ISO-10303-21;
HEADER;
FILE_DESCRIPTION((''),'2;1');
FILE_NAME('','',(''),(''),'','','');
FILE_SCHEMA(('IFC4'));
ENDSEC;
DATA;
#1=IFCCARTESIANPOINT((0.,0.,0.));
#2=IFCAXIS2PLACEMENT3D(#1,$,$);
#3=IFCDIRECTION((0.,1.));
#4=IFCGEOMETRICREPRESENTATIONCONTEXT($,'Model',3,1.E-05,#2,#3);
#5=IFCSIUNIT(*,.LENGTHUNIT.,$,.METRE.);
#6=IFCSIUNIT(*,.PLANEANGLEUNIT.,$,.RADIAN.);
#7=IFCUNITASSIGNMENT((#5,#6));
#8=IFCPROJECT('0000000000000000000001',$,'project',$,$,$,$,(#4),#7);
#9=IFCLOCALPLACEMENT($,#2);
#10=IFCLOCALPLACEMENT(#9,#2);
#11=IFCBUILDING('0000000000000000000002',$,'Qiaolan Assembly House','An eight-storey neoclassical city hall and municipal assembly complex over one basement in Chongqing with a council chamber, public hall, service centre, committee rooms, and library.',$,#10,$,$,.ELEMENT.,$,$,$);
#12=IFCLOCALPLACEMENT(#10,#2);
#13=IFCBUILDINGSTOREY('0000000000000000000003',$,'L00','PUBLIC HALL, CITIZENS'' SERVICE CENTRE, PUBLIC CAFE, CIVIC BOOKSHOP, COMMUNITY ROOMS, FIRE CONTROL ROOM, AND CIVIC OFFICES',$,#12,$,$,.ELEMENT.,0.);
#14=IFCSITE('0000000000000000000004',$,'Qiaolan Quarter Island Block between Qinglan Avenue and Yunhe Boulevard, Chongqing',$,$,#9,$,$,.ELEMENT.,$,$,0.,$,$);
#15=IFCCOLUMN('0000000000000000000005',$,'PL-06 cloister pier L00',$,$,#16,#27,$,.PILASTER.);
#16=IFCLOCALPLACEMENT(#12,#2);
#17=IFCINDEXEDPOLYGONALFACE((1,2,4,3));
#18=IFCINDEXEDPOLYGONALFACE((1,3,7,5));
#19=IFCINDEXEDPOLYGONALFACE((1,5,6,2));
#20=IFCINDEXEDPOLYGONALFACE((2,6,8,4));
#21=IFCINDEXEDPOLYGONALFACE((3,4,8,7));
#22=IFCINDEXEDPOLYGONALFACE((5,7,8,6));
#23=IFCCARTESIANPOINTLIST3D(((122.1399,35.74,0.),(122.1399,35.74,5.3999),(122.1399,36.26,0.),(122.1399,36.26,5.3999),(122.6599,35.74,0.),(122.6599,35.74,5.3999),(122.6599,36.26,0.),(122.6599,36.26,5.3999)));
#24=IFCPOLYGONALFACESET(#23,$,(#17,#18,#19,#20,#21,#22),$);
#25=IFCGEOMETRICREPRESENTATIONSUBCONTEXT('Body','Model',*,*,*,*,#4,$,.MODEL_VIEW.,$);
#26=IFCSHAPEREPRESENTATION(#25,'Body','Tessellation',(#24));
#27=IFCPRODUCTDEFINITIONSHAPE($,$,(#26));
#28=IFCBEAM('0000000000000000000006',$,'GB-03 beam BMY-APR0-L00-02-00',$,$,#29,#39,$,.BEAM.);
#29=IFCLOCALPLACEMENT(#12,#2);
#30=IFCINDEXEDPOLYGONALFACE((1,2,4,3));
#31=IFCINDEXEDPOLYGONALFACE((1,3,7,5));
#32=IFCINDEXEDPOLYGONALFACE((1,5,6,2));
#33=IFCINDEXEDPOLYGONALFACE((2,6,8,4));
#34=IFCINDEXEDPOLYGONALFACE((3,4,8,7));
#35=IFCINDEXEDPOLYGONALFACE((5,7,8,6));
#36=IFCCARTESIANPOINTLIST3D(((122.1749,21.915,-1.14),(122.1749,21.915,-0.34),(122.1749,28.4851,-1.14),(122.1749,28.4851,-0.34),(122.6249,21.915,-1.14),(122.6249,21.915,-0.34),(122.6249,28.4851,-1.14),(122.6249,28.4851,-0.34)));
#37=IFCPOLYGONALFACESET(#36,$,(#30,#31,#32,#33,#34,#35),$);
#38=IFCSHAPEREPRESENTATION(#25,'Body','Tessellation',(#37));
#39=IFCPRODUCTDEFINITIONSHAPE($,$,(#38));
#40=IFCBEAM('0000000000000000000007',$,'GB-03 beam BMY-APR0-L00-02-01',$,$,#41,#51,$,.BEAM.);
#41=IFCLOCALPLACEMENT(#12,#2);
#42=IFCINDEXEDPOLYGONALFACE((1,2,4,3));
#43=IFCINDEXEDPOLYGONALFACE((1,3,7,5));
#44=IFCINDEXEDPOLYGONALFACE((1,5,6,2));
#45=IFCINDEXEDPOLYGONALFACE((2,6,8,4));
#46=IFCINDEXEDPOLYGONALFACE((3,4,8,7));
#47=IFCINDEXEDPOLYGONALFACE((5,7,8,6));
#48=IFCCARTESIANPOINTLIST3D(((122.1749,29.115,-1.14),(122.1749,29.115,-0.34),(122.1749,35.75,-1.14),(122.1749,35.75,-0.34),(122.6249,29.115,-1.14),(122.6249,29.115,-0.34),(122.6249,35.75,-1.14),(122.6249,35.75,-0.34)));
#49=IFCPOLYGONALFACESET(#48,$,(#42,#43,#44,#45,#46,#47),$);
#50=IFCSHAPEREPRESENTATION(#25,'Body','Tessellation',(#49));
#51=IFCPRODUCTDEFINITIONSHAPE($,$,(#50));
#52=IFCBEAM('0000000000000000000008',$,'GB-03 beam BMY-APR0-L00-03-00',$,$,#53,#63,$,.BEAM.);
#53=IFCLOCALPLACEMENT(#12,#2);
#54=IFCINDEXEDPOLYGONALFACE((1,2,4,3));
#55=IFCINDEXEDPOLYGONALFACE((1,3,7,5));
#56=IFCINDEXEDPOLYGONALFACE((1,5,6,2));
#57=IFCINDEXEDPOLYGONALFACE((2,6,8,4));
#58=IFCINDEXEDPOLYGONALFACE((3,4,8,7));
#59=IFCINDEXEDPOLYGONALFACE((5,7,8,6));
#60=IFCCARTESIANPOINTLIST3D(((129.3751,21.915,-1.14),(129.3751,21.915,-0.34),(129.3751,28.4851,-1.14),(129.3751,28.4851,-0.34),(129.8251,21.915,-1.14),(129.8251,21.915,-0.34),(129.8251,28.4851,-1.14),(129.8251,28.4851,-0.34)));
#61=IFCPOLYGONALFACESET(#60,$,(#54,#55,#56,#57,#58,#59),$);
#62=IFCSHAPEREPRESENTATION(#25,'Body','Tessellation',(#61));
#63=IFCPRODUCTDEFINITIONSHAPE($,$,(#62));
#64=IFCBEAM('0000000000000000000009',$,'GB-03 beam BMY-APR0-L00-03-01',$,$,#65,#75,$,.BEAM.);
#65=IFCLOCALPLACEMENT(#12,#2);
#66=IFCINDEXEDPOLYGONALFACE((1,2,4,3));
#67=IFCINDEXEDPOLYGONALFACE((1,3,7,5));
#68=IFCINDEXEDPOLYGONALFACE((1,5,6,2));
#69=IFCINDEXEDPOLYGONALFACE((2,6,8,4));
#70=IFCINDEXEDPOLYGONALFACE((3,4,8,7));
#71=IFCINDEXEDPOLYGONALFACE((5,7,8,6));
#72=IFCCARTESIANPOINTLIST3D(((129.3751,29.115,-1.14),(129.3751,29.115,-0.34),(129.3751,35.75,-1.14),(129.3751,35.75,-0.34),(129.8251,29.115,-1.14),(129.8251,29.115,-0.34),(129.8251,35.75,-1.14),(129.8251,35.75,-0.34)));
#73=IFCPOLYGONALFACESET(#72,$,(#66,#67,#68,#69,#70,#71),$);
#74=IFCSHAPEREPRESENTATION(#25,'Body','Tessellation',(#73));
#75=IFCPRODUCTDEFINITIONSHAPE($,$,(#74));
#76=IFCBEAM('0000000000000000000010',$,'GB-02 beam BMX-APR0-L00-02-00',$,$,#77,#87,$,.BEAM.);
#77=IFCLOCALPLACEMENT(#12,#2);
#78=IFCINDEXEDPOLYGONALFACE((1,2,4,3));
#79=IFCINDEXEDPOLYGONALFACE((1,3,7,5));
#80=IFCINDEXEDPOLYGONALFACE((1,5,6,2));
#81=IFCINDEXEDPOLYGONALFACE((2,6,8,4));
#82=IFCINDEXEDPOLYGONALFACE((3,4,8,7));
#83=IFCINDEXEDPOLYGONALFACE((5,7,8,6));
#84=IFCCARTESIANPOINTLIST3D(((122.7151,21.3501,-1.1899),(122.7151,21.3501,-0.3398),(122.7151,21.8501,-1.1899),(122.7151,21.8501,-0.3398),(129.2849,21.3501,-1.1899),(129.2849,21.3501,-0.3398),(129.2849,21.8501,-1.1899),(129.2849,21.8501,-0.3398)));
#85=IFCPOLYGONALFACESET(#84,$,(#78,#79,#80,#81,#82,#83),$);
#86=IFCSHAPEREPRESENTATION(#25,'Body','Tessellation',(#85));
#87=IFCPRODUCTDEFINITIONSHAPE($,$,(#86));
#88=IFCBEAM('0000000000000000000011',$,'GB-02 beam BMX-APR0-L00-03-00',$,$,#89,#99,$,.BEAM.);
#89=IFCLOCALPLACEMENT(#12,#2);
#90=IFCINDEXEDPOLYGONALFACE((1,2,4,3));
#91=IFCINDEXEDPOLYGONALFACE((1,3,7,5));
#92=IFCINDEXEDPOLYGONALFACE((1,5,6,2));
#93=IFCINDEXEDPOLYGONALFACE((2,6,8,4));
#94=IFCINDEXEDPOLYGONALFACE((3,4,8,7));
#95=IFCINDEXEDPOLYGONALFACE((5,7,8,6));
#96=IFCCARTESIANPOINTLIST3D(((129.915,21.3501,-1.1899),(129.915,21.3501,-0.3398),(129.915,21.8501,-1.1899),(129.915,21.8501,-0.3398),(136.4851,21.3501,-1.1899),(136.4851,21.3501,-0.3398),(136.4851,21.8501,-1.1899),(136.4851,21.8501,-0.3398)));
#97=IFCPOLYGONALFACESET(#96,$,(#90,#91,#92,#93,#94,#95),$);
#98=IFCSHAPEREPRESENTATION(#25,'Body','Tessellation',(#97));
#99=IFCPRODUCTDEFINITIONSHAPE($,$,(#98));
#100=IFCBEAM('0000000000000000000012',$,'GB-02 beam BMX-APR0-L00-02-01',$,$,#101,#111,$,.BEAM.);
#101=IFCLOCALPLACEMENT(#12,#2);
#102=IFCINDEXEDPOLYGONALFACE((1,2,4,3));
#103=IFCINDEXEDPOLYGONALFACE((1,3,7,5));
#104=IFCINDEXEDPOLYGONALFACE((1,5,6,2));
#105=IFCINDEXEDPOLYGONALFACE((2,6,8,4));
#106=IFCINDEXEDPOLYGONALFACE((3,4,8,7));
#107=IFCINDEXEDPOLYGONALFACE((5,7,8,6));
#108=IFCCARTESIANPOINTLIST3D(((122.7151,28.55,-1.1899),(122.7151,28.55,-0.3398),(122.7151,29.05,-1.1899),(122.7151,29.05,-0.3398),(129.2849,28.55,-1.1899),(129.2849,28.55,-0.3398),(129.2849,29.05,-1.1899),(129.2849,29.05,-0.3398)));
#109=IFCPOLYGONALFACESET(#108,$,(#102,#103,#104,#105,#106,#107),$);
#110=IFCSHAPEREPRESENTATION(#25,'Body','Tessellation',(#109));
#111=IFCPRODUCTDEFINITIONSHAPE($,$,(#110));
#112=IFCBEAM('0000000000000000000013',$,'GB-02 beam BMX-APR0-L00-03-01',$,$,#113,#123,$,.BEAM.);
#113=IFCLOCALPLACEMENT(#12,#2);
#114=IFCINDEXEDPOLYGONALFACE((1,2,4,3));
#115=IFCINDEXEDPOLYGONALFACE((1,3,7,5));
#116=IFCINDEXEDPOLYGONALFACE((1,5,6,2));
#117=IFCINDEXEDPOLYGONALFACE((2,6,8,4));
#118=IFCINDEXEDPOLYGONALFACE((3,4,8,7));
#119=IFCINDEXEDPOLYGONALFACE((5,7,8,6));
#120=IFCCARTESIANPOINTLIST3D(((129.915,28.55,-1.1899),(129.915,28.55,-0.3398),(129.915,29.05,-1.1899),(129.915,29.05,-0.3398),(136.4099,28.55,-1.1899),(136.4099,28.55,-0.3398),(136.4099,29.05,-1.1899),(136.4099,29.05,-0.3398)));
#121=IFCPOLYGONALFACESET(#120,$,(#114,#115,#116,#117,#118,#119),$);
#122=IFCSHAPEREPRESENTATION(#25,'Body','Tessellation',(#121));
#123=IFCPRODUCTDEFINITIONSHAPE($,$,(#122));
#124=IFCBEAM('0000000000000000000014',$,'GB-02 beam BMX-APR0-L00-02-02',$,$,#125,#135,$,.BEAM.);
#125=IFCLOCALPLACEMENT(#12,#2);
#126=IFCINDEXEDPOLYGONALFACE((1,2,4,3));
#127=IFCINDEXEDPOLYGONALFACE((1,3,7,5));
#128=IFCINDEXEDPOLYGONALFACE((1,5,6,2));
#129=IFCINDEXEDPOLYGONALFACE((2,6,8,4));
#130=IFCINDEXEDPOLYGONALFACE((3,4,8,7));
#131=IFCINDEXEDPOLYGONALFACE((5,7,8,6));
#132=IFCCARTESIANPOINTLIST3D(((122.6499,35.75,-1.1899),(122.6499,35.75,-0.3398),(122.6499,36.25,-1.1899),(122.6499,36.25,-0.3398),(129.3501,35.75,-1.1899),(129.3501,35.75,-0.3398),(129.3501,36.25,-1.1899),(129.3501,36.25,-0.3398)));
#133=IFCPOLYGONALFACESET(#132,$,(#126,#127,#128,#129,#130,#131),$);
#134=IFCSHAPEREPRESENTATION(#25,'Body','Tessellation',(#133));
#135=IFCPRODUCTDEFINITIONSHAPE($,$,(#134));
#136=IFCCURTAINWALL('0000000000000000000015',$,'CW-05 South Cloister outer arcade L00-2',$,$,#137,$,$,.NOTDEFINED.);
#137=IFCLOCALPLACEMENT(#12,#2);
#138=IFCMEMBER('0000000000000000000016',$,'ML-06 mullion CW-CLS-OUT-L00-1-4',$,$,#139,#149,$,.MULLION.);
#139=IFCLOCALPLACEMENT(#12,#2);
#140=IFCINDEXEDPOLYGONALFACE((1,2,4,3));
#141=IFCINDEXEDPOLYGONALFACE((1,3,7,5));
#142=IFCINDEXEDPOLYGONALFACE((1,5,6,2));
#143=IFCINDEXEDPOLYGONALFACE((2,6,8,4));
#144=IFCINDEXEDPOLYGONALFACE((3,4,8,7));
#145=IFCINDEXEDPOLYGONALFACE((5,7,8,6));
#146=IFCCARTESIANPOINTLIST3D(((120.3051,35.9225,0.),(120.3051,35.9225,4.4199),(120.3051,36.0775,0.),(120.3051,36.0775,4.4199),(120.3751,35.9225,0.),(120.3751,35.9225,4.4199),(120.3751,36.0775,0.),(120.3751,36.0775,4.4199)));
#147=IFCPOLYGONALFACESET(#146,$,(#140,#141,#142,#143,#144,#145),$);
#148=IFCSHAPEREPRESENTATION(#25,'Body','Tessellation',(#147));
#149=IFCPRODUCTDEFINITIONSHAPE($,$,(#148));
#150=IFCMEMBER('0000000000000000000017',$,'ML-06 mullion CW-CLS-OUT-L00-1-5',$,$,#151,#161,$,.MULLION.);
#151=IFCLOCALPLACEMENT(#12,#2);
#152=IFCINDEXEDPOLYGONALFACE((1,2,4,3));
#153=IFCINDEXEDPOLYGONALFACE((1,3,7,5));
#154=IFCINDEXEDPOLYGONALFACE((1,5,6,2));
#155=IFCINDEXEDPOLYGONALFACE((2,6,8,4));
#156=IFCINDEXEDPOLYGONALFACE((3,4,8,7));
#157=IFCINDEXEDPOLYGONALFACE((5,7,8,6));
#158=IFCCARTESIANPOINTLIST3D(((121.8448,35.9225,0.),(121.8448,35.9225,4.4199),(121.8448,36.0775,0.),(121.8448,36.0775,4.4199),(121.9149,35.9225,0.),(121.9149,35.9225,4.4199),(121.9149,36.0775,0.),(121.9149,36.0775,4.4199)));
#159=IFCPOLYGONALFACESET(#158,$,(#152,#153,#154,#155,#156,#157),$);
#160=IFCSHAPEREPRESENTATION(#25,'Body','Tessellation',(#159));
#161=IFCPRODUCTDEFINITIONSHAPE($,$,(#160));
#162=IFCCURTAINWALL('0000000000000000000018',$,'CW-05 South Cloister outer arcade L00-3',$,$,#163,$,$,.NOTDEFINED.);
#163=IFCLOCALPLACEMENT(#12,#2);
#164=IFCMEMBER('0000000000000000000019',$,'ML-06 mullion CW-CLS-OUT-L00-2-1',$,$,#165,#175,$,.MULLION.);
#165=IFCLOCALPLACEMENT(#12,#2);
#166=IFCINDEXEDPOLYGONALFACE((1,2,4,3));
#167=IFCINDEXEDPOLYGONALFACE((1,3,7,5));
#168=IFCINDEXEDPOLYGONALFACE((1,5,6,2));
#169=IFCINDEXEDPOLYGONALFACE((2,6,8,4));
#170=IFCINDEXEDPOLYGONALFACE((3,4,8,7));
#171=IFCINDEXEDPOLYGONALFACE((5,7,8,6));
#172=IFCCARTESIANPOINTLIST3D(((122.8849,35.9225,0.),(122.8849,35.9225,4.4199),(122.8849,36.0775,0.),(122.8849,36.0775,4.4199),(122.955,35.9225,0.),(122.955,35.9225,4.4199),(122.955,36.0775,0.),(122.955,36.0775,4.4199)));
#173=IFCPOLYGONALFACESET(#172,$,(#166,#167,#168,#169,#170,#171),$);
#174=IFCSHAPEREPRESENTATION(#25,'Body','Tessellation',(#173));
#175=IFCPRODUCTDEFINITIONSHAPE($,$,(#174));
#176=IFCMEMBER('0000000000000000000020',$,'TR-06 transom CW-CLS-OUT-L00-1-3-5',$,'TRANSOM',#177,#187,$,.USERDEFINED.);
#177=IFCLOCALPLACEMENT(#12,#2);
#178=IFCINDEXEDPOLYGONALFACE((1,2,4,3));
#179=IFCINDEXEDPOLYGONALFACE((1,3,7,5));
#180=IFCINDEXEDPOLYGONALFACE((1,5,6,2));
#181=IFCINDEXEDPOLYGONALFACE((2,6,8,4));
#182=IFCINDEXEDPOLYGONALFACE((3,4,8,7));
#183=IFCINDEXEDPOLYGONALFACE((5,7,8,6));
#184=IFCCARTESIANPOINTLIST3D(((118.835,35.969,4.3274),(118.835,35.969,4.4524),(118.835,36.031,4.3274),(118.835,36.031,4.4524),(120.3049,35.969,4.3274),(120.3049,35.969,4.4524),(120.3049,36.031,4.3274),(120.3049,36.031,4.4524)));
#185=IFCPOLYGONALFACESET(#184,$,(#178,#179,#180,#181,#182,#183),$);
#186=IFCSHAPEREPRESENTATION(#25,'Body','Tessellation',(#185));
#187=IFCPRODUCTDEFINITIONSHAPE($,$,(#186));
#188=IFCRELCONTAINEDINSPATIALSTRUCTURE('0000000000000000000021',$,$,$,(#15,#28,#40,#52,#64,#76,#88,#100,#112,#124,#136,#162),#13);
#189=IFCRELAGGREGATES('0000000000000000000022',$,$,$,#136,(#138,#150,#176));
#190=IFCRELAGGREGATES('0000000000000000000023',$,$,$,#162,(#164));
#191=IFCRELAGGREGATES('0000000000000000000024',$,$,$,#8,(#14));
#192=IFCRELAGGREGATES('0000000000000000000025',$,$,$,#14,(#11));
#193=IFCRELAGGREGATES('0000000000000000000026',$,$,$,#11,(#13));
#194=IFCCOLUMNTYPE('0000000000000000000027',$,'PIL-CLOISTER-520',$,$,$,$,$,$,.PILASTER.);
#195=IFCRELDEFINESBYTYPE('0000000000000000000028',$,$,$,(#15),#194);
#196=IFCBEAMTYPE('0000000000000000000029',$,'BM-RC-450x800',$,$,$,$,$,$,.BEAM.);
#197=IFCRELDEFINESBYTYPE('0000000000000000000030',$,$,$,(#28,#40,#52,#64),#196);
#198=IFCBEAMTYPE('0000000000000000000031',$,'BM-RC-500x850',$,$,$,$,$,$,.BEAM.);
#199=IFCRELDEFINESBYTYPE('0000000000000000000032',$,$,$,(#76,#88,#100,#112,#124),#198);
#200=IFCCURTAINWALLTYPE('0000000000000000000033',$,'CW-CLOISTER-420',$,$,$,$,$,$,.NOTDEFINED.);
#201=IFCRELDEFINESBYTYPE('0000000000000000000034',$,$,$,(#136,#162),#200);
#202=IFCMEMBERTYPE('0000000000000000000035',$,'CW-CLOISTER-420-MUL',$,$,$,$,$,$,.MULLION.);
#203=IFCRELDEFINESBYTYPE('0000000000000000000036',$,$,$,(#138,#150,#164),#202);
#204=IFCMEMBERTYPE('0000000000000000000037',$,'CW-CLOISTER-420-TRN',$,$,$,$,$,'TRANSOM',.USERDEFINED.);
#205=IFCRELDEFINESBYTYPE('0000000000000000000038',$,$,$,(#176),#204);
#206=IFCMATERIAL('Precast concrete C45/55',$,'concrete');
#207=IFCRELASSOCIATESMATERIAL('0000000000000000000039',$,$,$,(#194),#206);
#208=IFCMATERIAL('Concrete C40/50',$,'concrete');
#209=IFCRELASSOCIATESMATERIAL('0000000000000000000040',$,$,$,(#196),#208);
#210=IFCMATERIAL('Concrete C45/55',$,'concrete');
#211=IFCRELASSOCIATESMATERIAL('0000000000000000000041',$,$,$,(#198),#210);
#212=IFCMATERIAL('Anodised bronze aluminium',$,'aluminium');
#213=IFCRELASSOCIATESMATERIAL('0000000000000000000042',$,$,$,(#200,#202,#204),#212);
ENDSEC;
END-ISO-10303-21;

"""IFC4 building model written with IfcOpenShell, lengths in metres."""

from ifc_helpers import new_model, si_unit, direction, frame, origin, origin_2d, place, context, subcontext, project, spatial, rectangle, extrude, material, material_profile, profile_set, type_object, element, aggregate, save


model = new_model("IFC4")

# Units and contexts
model_context = context("Model", 3, precision=1e-05, world=origin(), true_north=direction((0.0, 1.0)))
body_context = subcontext(model_context, "Body", "Model", "MODEL_VIEW")
ifc_project = project(units=[si_unit("LENGTHUNIT", "METRE"), si_unit("PLANEANGLEUNIT", "RADIAN")], contexts=[model_context])

# Site, building, storey
site_placement = place(None, origin())
site = spatial("IfcSite", under=ifc_project, at=site_placement, Name="Qiaolan Quarter Island Block between Qinglan Avenue and Yunhe Boulevard, Chongqing", CompositionType="ELEMENT", RefElevation=0.0)
building_placement = place(site_placement, origin())
building = spatial("IfcBuilding", under=site, at=building_placement, Name="Qiaolan Assembly House", Description="An eight-storey neoclassical city hall and municipal assembly complex over one basement in Chongqing with a council chamber, public hall, service centre, committee rooms, and library.", CompositionType="ELEMENT")
storey_placement = place(building_placement, origin())
storey = spatial("IfcBuildingStorey", under=building, at=storey_placement, Name="L00", Description="PUBLIC HALL, CITIZENS' SERVICE CENTRE, PUBLIC CAFE, CIVIC BOOKSHOP, COMMUNITY ROOMS, FIRE CONTROL ROOM, AND CIVIC OFFICES", CompositionType="ELEMENT", Elevation=0.0)

# Column
ifc_material_1 = material(Name="Precast concrete C45/55", Category="concrete")
ifc_material_profile_1 = material_profile(ifc_material_1, rectangle(XDim=0.52, YDim=0.52, at=origin_2d()), Name="PIL 520x520")
ifc_profile_set_1 = profile_set([ifc_material_profile_1], Name="Precast concrete C45/55")
column_type = type_object("IfcColumnType", Name="PIL-CLOISTER-520", PredefinedType="PILASTER", material=ifc_profile_set_1)
column_placement = place(storey_placement, frame((122.3999, 36.0, 0.0), z_axis=(0.0, 0.0, 1.0), x_axis=(1.0, 0.0, 0.0)))
element("IfcColumn", 1, at=column_placement, inside=storey, type_object=column_type, Name="PL-06 cloister pier L00", PredefinedType="PILASTER", context=body_context, shape_type="SweptSolid", body=[
    extrude(rectangle(XDim=0.52, YDim=0.52, at=origin_2d()), origin(), (0.0, 0.0, 1.0), 5.3999),
])

# Beams
ifc_material_2 = material(Name="Concrete C40/50", Category="concrete")
ifc_material_profile_2 = material_profile(ifc_material_2, rectangle(XDim=0.45, YDim=0.8, at=origin_2d()), Name="RCB 450x800")
ifc_profile_set_2 = profile_set([ifc_material_profile_2], Name="Concrete C40/50")
beam_type_1 = type_object("IfcBeamType", Name="BM-RC-450x800", PredefinedType="BEAM", material=ifc_profile_set_2)
beam_1_placement = place(storey_placement, frame((122.3999, 21.915, -0.74), z_axis=(0.0, 1.0, 0.0), x_axis=(-1.0, 0.0, 0.0)))
element("IfcBeam", 2, at=beam_1_placement, inside=storey, type_object=beam_type_1, Name="GB-03 beam BMY-APR0-L00-02-00", PredefinedType="BEAM", context=body_context, shape_type="SweptSolid", body=[
    extrude(rectangle(XDim=0.45, YDim=0.8, at=origin_2d()), origin(), (0.0, 0.0, 1.0), 6.5701),
])
beam_2_placement = place(storey_placement, frame((122.3999, 29.115, -0.74), z_axis=(0.0, 1.0, 0.0), x_axis=(-1.0, 0.0, 0.0)))
element("IfcBeam", 3, at=beam_2_placement, inside=storey, type_object=beam_type_1, Name="GB-03 beam BMY-APR0-L00-02-01", PredefinedType="BEAM", context=body_context, shape_type="SweptSolid", body=[
    extrude(rectangle(XDim=0.45, YDim=0.8, at=origin_2d()), origin(), (0.0, 0.0, 1.0), 6.635),
])
beam_3_placement = place(storey_placement, frame((129.6001, 21.915, -0.74), z_axis=(0.0, 1.0, 0.0), x_axis=(-1.0, 0.0, 0.0)))
element("IfcBeam", 4, at=beam_3_placement, inside=storey, type_object=beam_type_1, Name="GB-03 beam BMY-APR0-L00-03-00", PredefinedType="BEAM", context=body_context, shape_type="SweptSolid", body=[
    extrude(rectangle(XDim=0.45, YDim=0.8, at=origin_2d()), origin(), (0.0, 0.0, 1.0), 6.5701),
])
beam_4_placement = place(storey_placement, frame((129.6001, 29.115, -0.74), z_axis=(0.0, 1.0, 0.0), x_axis=(-1.0, 0.0, 0.0)))
element("IfcBeam", 5, at=beam_4_placement, inside=storey, type_object=beam_type_1, Name="GB-03 beam BMY-APR0-L00-03-01", PredefinedType="BEAM", context=body_context, shape_type="SweptSolid", body=[
    extrude(rectangle(XDim=0.45, YDim=0.8, at=origin_2d()), origin(), (0.0, 0.0, 1.0), 6.635),
])
ifc_material_3 = material(Name="Concrete C45/55", Category="concrete")
ifc_material_profile_3 = material_profile(ifc_material_3, rectangle(XDim=0.5, YDim=0.8501, at=origin_2d()), Name="RCB 500x850")
ifc_profile_set_3 = profile_set([ifc_material_profile_3], Name="Concrete C45/55")
beam_type_2 = type_object("IfcBeamType", Name="BM-RC-500x850", PredefinedType="BEAM", material=ifc_profile_set_3)
beam_5_placement = place(storey_placement, frame((122.7151, 21.6001, -0.7649), z_axis=(1.0, 0.0, 0.0), x_axis=(0.0, 1.0, 0.0)))
element("IfcBeam", 6, at=beam_5_placement, inside=storey, type_object=beam_type_2, Name="GB-02 beam BMX-APR0-L00-02-00", PredefinedType="BEAM", context=body_context, shape_type="SweptSolid", body=[
    extrude(rectangle(XDim=0.5, YDim=0.8501, at=origin_2d()), origin(), (0.0, 0.0, 1.0), 6.5698),
])
beam_6_placement = place(storey_placement, frame((129.915, 21.6001, -0.7649), z_axis=(1.0, 0.0, 0.0), x_axis=(0.0, 1.0, 0.0)))
element("IfcBeam", 7, at=beam_6_placement, inside=storey, type_object=beam_type_2, Name="GB-02 beam BMX-APR0-L00-03-00", PredefinedType="BEAM", context=body_context, shape_type="SweptSolid", body=[
    extrude(rectangle(XDim=0.5, YDim=0.8501, at=origin_2d()), origin(), (0.0, 0.0, 1.0), 6.5701),
])
beam_7_placement = place(storey_placement, frame((122.7151, 28.8, -0.7649), z_axis=(1.0, 0.0, 0.0), x_axis=(0.0, 1.0, 0.0)))
element("IfcBeam", 8, at=beam_7_placement, inside=storey, type_object=beam_type_2, Name="GB-02 beam BMX-APR0-L00-02-01", PredefinedType="BEAM", context=body_context, shape_type="SweptSolid", body=[
    extrude(rectangle(XDim=0.5, YDim=0.8501, at=origin_2d()), origin(), (0.0, 0.0, 1.0), 6.5698),
])
beam_8_placement = place(storey_placement, frame((129.915, 28.8, -0.7649), z_axis=(1.0, 0.0, 0.0), x_axis=(0.0, 1.0, 0.0)))
element("IfcBeam", 9, at=beam_8_placement, inside=storey, type_object=beam_type_2, Name="GB-02 beam BMX-APR0-L00-03-01", PredefinedType="BEAM", context=body_context, shape_type="SweptSolid", body=[
    extrude(rectangle(XDim=0.5, YDim=0.8501, at=origin_2d()), origin(), (0.0, 0.0, 1.0), 6.4949),
])
beam_9_placement = place(storey_placement, frame((122.6499, 36.0, -0.7649), z_axis=(1.0, 0.0, 0.0), x_axis=(0.0, 1.0, 0.0)))
element("IfcBeam", 10, at=beam_9_placement, inside=storey, type_object=beam_type_2, Name="GB-02 beam BMX-APR0-L00-02-02", PredefinedType="BEAM", context=body_context, shape_type="SweptSolid", body=[
    extrude(rectangle(XDim=0.5, YDim=0.8501, at=origin_2d()), origin(), (0.0, 0.0, 1.0), 6.7002),
])

# Curtain wall, members
ifc_material_4 = material(Name="Anodised bronze aluminium", Category="aluminium")
curtain_wall_type = type_object("IfcCurtainWallType", Name="CW-CLOISTER-420", PredefinedType="NOTDEFINED", material=ifc_material_4)
curtain_wall_1_placement = place(storey_placement, origin())
curtain_wall_1 = element("IfcCurtainWall", 11, at=curtain_wall_1_placement, inside=storey, type_object=curtain_wall_type, Name="CW-05 South Cloister outer arcade L00-2", PredefinedType="NOTDEFINED")
ifc_material_profile_4 = material_profile(ifc_material_4, rectangle(XDim=0.0701, YDim=0.155, at=origin_2d()), Name="MUL 70x155")
ifc_profile_set_4 = profile_set([ifc_material_profile_4], Name="Anodised bronze aluminium")
member_type_1 = type_object("IfcMemberType", Name="CW-CLOISTER-420-MUL", PredefinedType="MULLION", material=ifc_profile_set_4)
member_1_placement = place(storey_placement, frame((120.3401, 36.0, 0.0), z_axis=(0.0, 0.0, 1.0), x_axis=(1.0, 0.0, 0.0)))
member_1 = element("IfcMember", 12, at=member_1_placement, type_object=member_type_1, Name="ML-06 mullion CW-CLS-OUT-L00-1-4", PredefinedType="MULLION", context=body_context, shape_type="SweptSolid", body=[
    extrude(rectangle(XDim=0.0701, YDim=0.155, at=origin_2d()), origin(), (0.0, 0.0, 1.0), 4.4199),
])
member_2_placement = place(storey_placement, frame((121.8799, 36.0, 0.0), z_axis=(0.0, 0.0, 1.0), x_axis=(1.0, 0.0, 0.0)))
member_2 = element("IfcMember", 13, at=member_2_placement, type_object=member_type_1, Name="ML-06 mullion CW-CLS-OUT-L00-1-5", PredefinedType="MULLION", context=body_context, shape_type="SweptSolid", body=[
    extrude(rectangle(XDim=0.0701, YDim=0.155, at=origin_2d()), origin(), (0.0, 0.0, 1.0), 4.4199),
])

# Curtain wall, member
curtain_wall_2_placement = place(storey_placement, origin())
curtain_wall_2 = element("IfcCurtainWall", 14, at=curtain_wall_2_placement, inside=storey, type_object=curtain_wall_type, Name="CW-05 South Cloister outer arcade L00-3", PredefinedType="NOTDEFINED")
member_3_placement = place(storey_placement, frame((122.9199, 36.0, 0.0), z_axis=(0.0, 0.0, 1.0), x_axis=(1.0, 0.0, 0.0)))
member_3 = element("IfcMember", 15, at=member_3_placement, type_object=member_type_1, Name="ML-06 mullion CW-CLS-OUT-L00-2-1", PredefinedType="MULLION", context=body_context, shape_type="SweptSolid", body=[
    extrude(rectangle(XDim=0.0701, YDim=0.155, at=origin_2d()), origin(), (0.0, 0.0, 1.0), 4.4199),
])

# Member
ifc_material_profile_5 = material_profile(ifc_material_4, rectangle(XDim=0.062, YDim=0.125, at=origin_2d()), Name="TRN 62x125")
ifc_profile_set_5 = profile_set([ifc_material_profile_5], Name="Anodised bronze aluminium")
member_type_2 = type_object("IfcMemberType", Name="CW-CLOISTER-420-TRN", ElementType="TRANSOM", PredefinedType="USERDEFINED", material=ifc_profile_set_5)
member_4_placement = place(storey_placement, frame((118.835, 36.0, 4.3899), z_axis=(1.0, 0.0, 0.0), x_axis=(0.0, 1.0, 0.0)))
member_4 = element("IfcMember", 16, at=member_4_placement, type_object=member_type_2, Name="TR-06 transom CW-CLS-OUT-L00-1-3-5", ObjectType="TRANSOM", PredefinedType="USERDEFINED", context=body_context, shape_type="SweptSolid", body=[
    extrude(rectangle(XDim=0.062, YDim=0.125, at=origin_2d()), origin(), (0.0, 0.0, 1.0), 1.47),
])

aggregate(curtain_wall_1, [member_1, member_2, member_4])
aggregate(curtain_wall_2, [member_3])

save(model, "model.ifc")
